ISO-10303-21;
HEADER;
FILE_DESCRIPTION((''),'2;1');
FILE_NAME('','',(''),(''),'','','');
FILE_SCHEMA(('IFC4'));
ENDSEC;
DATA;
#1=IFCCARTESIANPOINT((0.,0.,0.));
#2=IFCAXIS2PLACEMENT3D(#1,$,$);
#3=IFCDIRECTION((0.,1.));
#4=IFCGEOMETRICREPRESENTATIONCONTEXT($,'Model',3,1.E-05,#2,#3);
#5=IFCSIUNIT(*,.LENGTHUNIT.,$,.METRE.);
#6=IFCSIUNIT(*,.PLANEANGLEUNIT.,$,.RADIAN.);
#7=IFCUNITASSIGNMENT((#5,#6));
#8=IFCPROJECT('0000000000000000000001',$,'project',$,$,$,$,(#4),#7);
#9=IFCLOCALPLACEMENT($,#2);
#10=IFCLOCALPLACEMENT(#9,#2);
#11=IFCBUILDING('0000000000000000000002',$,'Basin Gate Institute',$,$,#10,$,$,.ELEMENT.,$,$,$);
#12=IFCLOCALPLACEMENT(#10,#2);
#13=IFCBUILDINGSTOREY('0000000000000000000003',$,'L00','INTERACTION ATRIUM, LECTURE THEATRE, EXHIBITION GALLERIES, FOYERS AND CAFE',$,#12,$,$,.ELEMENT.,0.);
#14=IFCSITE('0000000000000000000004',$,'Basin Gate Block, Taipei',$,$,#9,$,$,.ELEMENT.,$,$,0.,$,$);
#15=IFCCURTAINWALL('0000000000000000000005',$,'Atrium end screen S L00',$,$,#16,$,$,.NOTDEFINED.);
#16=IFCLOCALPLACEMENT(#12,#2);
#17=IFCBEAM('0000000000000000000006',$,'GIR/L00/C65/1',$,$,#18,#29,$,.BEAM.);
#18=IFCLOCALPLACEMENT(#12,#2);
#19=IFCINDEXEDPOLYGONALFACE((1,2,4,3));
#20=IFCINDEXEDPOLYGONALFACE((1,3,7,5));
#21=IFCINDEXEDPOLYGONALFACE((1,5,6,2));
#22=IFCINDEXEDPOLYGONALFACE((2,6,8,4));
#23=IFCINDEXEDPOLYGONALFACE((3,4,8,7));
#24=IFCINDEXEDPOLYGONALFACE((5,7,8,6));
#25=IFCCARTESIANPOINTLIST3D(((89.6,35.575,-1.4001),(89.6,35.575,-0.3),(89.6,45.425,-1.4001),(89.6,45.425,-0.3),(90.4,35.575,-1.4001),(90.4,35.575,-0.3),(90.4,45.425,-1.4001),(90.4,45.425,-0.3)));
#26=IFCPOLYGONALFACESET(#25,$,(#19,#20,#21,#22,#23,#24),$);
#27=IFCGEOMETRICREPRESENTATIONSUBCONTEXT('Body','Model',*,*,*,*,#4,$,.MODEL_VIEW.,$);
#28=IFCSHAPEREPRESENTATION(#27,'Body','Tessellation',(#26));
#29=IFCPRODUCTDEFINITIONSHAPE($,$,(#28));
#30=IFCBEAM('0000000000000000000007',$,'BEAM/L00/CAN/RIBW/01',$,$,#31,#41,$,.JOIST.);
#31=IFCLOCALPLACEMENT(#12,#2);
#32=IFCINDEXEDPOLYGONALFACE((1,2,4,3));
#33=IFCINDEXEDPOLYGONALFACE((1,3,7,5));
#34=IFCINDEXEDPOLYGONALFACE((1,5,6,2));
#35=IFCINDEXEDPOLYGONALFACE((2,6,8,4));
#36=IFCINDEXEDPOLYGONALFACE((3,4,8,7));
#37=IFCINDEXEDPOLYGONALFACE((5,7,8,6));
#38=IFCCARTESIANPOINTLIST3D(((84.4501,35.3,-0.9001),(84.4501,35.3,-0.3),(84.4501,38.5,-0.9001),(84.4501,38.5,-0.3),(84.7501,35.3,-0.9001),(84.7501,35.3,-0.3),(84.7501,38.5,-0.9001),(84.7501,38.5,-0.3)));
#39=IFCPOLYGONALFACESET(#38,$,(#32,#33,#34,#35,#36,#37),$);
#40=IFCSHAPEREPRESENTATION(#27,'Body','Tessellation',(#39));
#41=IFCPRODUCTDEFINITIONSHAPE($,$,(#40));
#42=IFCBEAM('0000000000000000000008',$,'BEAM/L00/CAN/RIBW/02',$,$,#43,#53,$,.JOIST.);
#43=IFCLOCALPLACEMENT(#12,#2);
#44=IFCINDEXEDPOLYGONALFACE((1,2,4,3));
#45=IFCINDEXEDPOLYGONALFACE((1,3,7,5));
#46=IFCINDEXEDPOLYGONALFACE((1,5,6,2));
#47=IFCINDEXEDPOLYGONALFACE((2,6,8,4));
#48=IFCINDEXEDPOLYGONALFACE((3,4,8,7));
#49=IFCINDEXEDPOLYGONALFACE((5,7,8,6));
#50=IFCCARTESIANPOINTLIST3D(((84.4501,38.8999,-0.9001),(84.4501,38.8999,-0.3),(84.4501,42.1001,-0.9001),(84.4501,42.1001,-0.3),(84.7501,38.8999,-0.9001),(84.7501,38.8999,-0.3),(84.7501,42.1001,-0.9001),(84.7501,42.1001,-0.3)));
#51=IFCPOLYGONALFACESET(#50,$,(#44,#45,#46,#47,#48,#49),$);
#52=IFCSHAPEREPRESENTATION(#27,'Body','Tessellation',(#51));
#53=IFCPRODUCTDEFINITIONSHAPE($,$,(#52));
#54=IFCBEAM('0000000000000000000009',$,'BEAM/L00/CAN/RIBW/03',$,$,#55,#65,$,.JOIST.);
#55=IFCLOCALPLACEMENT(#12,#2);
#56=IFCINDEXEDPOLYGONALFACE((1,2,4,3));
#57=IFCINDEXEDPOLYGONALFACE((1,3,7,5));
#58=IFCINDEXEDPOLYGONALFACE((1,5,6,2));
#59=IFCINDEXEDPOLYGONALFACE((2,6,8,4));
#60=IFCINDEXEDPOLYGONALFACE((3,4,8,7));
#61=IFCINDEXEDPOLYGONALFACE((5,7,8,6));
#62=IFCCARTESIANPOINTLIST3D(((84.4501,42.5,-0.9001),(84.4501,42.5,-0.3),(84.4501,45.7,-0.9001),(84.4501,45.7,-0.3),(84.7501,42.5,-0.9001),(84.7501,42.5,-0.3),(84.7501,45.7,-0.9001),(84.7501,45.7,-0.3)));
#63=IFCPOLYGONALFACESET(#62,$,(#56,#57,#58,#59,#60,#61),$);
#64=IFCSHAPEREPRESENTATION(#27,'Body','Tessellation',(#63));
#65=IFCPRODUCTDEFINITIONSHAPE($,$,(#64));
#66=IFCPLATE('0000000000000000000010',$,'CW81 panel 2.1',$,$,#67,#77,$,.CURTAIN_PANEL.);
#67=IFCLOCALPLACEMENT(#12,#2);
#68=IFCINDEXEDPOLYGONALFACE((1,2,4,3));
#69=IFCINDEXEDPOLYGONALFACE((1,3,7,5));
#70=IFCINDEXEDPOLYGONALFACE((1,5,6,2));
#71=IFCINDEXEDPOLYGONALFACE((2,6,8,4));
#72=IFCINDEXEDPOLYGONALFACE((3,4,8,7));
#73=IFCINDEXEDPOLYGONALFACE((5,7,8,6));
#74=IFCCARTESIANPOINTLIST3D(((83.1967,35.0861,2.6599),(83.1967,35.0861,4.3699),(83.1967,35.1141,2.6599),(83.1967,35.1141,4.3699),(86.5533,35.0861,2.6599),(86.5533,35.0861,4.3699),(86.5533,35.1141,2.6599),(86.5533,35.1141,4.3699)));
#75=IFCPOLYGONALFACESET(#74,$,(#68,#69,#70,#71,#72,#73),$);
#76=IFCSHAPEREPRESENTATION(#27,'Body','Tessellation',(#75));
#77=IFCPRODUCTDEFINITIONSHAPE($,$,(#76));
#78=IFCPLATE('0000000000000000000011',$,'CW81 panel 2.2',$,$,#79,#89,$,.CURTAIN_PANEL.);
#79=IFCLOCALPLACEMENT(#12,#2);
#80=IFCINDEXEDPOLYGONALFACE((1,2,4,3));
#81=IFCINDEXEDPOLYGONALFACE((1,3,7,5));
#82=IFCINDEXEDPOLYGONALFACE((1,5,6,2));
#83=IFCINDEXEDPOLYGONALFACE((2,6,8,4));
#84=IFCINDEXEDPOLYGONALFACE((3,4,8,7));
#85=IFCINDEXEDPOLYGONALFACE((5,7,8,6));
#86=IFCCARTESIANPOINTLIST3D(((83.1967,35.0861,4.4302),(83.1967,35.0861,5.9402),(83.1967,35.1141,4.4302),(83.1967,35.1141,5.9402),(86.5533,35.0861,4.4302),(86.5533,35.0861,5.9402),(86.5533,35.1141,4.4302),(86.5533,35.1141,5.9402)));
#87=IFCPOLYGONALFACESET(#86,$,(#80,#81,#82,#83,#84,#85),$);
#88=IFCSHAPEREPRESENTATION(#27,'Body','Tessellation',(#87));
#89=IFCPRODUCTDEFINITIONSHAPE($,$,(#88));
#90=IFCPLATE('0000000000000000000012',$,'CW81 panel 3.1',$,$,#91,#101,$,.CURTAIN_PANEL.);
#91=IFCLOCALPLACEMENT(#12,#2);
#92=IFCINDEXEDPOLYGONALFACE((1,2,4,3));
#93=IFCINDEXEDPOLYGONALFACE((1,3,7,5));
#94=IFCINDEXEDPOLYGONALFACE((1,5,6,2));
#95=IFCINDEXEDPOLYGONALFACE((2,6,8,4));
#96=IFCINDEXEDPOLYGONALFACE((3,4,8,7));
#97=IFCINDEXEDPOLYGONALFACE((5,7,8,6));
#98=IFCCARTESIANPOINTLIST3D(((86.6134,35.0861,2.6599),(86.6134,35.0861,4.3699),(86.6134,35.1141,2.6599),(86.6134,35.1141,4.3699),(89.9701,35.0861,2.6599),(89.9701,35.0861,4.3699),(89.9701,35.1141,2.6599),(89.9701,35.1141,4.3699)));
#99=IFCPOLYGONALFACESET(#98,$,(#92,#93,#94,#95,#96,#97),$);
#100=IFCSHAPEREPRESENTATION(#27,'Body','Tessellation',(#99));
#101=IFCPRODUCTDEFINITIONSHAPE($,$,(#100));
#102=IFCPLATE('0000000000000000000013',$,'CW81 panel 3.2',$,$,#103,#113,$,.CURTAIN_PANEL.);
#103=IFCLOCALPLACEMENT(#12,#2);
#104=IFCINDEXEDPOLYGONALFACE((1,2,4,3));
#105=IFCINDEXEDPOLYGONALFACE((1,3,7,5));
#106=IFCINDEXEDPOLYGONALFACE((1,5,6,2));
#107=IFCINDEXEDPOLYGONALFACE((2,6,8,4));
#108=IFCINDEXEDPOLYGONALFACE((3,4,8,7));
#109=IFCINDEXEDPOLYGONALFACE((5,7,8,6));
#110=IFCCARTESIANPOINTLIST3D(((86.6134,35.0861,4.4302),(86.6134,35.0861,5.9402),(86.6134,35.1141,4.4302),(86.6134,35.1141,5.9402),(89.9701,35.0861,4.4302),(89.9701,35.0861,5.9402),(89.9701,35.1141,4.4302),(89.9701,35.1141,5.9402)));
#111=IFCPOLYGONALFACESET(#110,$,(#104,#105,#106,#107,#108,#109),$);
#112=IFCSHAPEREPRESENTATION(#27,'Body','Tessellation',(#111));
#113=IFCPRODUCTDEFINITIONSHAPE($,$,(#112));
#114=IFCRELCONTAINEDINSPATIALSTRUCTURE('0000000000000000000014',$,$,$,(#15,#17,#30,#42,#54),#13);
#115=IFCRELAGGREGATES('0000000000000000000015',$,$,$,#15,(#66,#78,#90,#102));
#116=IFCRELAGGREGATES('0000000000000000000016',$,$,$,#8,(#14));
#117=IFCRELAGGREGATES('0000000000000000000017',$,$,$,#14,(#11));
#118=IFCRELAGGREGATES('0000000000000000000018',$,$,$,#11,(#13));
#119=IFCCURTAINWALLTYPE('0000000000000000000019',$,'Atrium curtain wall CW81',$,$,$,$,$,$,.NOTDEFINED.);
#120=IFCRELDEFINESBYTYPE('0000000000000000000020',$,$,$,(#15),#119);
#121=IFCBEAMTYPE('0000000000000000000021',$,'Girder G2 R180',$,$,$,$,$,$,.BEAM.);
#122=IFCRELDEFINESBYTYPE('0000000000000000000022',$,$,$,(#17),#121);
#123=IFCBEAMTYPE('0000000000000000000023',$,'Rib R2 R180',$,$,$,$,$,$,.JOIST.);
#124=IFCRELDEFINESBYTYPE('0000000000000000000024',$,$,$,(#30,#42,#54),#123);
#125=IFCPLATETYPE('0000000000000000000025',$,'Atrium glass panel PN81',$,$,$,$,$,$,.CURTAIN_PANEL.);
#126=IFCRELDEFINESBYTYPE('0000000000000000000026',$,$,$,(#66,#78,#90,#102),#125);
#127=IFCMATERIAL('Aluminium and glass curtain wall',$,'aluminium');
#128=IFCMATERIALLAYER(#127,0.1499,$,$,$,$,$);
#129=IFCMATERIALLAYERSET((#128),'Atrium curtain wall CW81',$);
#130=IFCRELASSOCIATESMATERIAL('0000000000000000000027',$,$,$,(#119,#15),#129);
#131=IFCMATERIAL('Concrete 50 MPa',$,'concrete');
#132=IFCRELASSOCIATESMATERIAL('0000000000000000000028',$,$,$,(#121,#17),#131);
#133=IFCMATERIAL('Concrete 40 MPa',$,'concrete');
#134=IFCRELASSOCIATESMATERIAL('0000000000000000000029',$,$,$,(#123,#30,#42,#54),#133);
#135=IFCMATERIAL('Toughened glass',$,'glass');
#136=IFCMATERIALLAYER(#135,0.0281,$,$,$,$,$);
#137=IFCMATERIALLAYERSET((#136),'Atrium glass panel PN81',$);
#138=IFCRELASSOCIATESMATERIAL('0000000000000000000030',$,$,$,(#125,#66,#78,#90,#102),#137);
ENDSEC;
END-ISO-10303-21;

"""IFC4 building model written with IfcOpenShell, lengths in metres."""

from ifc_helpers import new_model, si_unit, direction, frame, origin, origin_2d, place, context, subcontext, project, spatial, rectangle, extrude, material, layer, layer_set, material_profile, profile_set, type_object, element, aggregate, save


model = new_model("IFC4")

# Units and contexts
model_context = context("Model", 3, precision=1e-05, world=origin(), true_north=direction((0.0, 1.0)))
body_context = subcontext(model_context, "Body", "Model", "MODEL_VIEW")
ifc_project = project(units=[si_unit("LENGTHUNIT", "METRE"), si_unit("PLANEANGLEUNIT", "RADIAN")], contexts=[model_context])

# Site, building, storey
site_placement = place(None, origin())
site = spatial("IfcSite", under=ifc_project, at=site_placement, Name="Basin Gate Block, Taipei", CompositionType="ELEMENT", RefElevation=0.0)
building_placement = place(site_placement, origin())
building = spatial("IfcBuilding", under=site, at=building_placement, Name="Basin Gate Institute", CompositionType="ELEMENT")
storey_placement = place(building_placement, origin())
storey = spatial("IfcBuildingStorey", under=building, at=storey_placement, Name="L00", Description="INTERACTION ATRIUM, LECTURE THEATRE, EXHIBITION GALLERIES, FOYERS AND CAFE", CompositionType="ELEMENT", Elevation=0.0)

# Curtain wall
ifc_material_1 = material(Name="Aluminium and glass curtain wall", Category="aluminium")
ifc_layer_1 = layer(ifc_material_1, 0.1499)
ifc_layer_set_1 = layer_set([ifc_layer_1], Name="Atrium curtain wall CW81")
curtain_wall_type = type_object("IfcCurtainWallType", Name="Atrium curtain wall CW81", PredefinedType="NOTDEFINED", material=ifc_layer_set_1)
curtain_wall_placement = place(storey_placement, origin())
curtain_wall = element("IfcCurtainWall", 1, at=curtain_wall_placement, inside=storey, type_object=curtain_wall_type, material=ifc_layer_set_1, Name="Atrium end screen S L00", PredefinedType="NOTDEFINED")

# Beams
ifc_material_2 = material(Name="Concrete 50 MPa", Category="concrete")
ifc_material_profile_1 = material_profile(ifc_material_2, rectangle(XDim=0.8, YDim=1.1001, at=origin_2d()), Name="Girder G2 800 x 1100")
ifc_profile_set_1 = profile_set([ifc_material_profile_1], Name="Concrete 50 MPa")
beam_type_1 = type_object("IfcBeamType", Name="Girder G2 R180", PredefinedType="BEAM", material=ifc_profile_set_1)
beam_1_placement = place(storey_placement, frame((90.0, 35.575, -0.8501), z_axis=(0.0, 1.0, 0.0), x_axis=(-1.0, 0.0, 0.0)))
element("IfcBeam", 2, at=beam_1_placement, inside=storey, type_object=beam_type_1, material=ifc_profile_set_1, Name="GIR/L00/C65/1", PredefinedType="BEAM", context=body_context, shape_type="SweptSolid", body=[
    extrude(rectangle(XDim=0.8, YDim=1.1001, at=origin_2d()), origin(), (0.0, 0.0, 1.0), 9.8501),
])
ifc_material_3 = material(Name="Concrete 40 MPa", Category="concrete")
ifc_material_profile_2 = material_profile(ifc_material_3, rectangle(XDim=0.3, YDim=0.6001, at=origin_2d()), Name="Rib R2 300 x 600")
ifc_profile_set_2 = profile_set([ifc_material_profile_2], Name="Concrete 40 MPa")
beam_type_2 = type_object("IfcBeamType", Name="Rib R2 R180", PredefinedType="JOIST", material=ifc_profile_set_2)
beam_2_placement = place(storey_placement, frame((84.6001, 35.3, -0.6001), z_axis=(0.0, 1.0, 0.0), x_axis=(-1.0, 0.0, 0.0)))
element("IfcBeam", 3, at=beam_2_placement, inside=storey, type_object=beam_type_2, material=ifc_profile_set_2, Name="BEAM/L00/CAN/RIBW/01", PredefinedType="JOIST", context=body_context, shape_type="SweptSolid", body=[
    extrude(rectangle(XDim=0.3, YDim=0.6001, at=origin_2d()), origin(), (0.0, 0.0, 1.0), 3.2),
])
beam_3_placement = place(storey_placement, frame((84.6001, 38.8999, -0.6001), z_axis=(0.0, 1.0, 0.0), x_axis=(-1.0, 0.0, 0.0)))
element("IfcBeam", 4, at=beam_3_placement, inside=storey, type_object=beam_type_2, material=ifc_profile_set_2, Name="BEAM/L00/CAN/RIBW/02", PredefinedType="JOIST", context=body_context, shape_type="SweptSolid", body=[
    extrude(rectangle(XDim=0.3, YDim=0.6001, at=origin_2d()), origin(), (0.0, 0.0, 1.0), 3.2002),
])
beam_4_placement = place(storey_placement, frame((84.6001, 42.5, -0.6001), z_axis=(0.0, 1.0, 0.0), x_axis=(-1.0, 0.0, 0.0)))
element("IfcBeam", 5, at=beam_4_placement, inside=storey, type_object=beam_type_2, material=ifc_profile_set_2, Name="BEAM/L00/CAN/RIBW/03", PredefinedType="JOIST", context=body_context, shape_type="SweptSolid", body=[
    extrude(rectangle(XDim=0.3, YDim=0.6001, at=origin_2d()), origin(), (0.0, 0.0, 1.0), 3.2),
])

# Plates
ifc_material_4 = material(Name="Toughened glass", Category="glass")
ifc_layer_2 = layer(ifc_material_4, 0.0281)
ifc_layer_set_2 = layer_set([ifc_layer_2], Name="Atrium glass panel PN81")
plate_type = type_object("IfcPlateType", Name="Atrium glass panel PN81", PredefinedType="CURTAIN_PANEL", material=ifc_layer_set_2)
plate_1_placement = place(storey_placement, frame((84.875, 35.1001, 2.6599), z_axis=(0.0, 0.0, 1.0), x_axis=(1.0, 0.0, 0.0)))
plate_1 = element("IfcPlate", 6, at=plate_1_placement, type_object=plate_type, material=ifc_layer_set_2, Name="CW81 panel 2.1", PredefinedType="CURTAIN_PANEL", context=body_context, shape_type="SweptSolid", body=[
    extrude(rectangle(XDim=3.3567, YDim=0.0281, at=origin_2d()), origin(), (0.0, 0.0, 1.0), 1.71),
])
plate_2_placement = place(storey_placement, frame((84.875, 35.1001, 4.4302), z_axis=(0.0, 0.0, 1.0), x_axis=(1.0, 0.0, 0.0)))
plate_2 = element("IfcPlate", 7, at=plate_2_placement, type_object=plate_type, material=ifc_layer_set_2, Name="CW81 panel 2.2", PredefinedType="CURTAIN_PANEL", context=body_context, shape_type="SweptSolid", body=[
    extrude(rectangle(XDim=3.3567, YDim=0.0281, at=origin_2d()), origin(), (0.0, 0.0, 1.0), 1.51),
])
plate_3_placement = place(storey_placement, frame((88.2917, 35.1001, 2.6599), z_axis=(0.0, 0.0, 1.0), x_axis=(1.0, 0.0, 0.0)))
plate_3 = element("IfcPlate", 8, at=plate_3_placement, type_object=plate_type, material=ifc_layer_set_2, Name="CW81 panel 3.1", PredefinedType="CURTAIN_PANEL", context=body_context, shape_type="SweptSolid", body=[
    extrude(rectangle(XDim=3.3567, YDim=0.0281, at=origin_2d()), origin(), (0.0, 0.0, 1.0), 1.71),
])
plate_4_placement = place(storey_placement, frame((88.2917, 35.1001, 4.4302), z_axis=(0.0, 0.0, 1.0), x_axis=(1.0, 0.0, 0.0)))
plate_4 = element("IfcPlate", 9, at=plate_4_placement, type_object=plate_type, material=ifc_layer_set_2, Name="CW81 panel 3.2", PredefinedType="CURTAIN_PANEL", context=body_context, shape_type="SweptSolid", body=[
    extrude(rectangle(XDim=3.3567, YDim=0.0281, at=origin_2d()), origin(), (0.0, 0.0, 1.0), 1.51),
])
aggregate(curtain_wall, [plate_1, plate_2, plate_3, plate_4])

save(model, "model.ifc")
